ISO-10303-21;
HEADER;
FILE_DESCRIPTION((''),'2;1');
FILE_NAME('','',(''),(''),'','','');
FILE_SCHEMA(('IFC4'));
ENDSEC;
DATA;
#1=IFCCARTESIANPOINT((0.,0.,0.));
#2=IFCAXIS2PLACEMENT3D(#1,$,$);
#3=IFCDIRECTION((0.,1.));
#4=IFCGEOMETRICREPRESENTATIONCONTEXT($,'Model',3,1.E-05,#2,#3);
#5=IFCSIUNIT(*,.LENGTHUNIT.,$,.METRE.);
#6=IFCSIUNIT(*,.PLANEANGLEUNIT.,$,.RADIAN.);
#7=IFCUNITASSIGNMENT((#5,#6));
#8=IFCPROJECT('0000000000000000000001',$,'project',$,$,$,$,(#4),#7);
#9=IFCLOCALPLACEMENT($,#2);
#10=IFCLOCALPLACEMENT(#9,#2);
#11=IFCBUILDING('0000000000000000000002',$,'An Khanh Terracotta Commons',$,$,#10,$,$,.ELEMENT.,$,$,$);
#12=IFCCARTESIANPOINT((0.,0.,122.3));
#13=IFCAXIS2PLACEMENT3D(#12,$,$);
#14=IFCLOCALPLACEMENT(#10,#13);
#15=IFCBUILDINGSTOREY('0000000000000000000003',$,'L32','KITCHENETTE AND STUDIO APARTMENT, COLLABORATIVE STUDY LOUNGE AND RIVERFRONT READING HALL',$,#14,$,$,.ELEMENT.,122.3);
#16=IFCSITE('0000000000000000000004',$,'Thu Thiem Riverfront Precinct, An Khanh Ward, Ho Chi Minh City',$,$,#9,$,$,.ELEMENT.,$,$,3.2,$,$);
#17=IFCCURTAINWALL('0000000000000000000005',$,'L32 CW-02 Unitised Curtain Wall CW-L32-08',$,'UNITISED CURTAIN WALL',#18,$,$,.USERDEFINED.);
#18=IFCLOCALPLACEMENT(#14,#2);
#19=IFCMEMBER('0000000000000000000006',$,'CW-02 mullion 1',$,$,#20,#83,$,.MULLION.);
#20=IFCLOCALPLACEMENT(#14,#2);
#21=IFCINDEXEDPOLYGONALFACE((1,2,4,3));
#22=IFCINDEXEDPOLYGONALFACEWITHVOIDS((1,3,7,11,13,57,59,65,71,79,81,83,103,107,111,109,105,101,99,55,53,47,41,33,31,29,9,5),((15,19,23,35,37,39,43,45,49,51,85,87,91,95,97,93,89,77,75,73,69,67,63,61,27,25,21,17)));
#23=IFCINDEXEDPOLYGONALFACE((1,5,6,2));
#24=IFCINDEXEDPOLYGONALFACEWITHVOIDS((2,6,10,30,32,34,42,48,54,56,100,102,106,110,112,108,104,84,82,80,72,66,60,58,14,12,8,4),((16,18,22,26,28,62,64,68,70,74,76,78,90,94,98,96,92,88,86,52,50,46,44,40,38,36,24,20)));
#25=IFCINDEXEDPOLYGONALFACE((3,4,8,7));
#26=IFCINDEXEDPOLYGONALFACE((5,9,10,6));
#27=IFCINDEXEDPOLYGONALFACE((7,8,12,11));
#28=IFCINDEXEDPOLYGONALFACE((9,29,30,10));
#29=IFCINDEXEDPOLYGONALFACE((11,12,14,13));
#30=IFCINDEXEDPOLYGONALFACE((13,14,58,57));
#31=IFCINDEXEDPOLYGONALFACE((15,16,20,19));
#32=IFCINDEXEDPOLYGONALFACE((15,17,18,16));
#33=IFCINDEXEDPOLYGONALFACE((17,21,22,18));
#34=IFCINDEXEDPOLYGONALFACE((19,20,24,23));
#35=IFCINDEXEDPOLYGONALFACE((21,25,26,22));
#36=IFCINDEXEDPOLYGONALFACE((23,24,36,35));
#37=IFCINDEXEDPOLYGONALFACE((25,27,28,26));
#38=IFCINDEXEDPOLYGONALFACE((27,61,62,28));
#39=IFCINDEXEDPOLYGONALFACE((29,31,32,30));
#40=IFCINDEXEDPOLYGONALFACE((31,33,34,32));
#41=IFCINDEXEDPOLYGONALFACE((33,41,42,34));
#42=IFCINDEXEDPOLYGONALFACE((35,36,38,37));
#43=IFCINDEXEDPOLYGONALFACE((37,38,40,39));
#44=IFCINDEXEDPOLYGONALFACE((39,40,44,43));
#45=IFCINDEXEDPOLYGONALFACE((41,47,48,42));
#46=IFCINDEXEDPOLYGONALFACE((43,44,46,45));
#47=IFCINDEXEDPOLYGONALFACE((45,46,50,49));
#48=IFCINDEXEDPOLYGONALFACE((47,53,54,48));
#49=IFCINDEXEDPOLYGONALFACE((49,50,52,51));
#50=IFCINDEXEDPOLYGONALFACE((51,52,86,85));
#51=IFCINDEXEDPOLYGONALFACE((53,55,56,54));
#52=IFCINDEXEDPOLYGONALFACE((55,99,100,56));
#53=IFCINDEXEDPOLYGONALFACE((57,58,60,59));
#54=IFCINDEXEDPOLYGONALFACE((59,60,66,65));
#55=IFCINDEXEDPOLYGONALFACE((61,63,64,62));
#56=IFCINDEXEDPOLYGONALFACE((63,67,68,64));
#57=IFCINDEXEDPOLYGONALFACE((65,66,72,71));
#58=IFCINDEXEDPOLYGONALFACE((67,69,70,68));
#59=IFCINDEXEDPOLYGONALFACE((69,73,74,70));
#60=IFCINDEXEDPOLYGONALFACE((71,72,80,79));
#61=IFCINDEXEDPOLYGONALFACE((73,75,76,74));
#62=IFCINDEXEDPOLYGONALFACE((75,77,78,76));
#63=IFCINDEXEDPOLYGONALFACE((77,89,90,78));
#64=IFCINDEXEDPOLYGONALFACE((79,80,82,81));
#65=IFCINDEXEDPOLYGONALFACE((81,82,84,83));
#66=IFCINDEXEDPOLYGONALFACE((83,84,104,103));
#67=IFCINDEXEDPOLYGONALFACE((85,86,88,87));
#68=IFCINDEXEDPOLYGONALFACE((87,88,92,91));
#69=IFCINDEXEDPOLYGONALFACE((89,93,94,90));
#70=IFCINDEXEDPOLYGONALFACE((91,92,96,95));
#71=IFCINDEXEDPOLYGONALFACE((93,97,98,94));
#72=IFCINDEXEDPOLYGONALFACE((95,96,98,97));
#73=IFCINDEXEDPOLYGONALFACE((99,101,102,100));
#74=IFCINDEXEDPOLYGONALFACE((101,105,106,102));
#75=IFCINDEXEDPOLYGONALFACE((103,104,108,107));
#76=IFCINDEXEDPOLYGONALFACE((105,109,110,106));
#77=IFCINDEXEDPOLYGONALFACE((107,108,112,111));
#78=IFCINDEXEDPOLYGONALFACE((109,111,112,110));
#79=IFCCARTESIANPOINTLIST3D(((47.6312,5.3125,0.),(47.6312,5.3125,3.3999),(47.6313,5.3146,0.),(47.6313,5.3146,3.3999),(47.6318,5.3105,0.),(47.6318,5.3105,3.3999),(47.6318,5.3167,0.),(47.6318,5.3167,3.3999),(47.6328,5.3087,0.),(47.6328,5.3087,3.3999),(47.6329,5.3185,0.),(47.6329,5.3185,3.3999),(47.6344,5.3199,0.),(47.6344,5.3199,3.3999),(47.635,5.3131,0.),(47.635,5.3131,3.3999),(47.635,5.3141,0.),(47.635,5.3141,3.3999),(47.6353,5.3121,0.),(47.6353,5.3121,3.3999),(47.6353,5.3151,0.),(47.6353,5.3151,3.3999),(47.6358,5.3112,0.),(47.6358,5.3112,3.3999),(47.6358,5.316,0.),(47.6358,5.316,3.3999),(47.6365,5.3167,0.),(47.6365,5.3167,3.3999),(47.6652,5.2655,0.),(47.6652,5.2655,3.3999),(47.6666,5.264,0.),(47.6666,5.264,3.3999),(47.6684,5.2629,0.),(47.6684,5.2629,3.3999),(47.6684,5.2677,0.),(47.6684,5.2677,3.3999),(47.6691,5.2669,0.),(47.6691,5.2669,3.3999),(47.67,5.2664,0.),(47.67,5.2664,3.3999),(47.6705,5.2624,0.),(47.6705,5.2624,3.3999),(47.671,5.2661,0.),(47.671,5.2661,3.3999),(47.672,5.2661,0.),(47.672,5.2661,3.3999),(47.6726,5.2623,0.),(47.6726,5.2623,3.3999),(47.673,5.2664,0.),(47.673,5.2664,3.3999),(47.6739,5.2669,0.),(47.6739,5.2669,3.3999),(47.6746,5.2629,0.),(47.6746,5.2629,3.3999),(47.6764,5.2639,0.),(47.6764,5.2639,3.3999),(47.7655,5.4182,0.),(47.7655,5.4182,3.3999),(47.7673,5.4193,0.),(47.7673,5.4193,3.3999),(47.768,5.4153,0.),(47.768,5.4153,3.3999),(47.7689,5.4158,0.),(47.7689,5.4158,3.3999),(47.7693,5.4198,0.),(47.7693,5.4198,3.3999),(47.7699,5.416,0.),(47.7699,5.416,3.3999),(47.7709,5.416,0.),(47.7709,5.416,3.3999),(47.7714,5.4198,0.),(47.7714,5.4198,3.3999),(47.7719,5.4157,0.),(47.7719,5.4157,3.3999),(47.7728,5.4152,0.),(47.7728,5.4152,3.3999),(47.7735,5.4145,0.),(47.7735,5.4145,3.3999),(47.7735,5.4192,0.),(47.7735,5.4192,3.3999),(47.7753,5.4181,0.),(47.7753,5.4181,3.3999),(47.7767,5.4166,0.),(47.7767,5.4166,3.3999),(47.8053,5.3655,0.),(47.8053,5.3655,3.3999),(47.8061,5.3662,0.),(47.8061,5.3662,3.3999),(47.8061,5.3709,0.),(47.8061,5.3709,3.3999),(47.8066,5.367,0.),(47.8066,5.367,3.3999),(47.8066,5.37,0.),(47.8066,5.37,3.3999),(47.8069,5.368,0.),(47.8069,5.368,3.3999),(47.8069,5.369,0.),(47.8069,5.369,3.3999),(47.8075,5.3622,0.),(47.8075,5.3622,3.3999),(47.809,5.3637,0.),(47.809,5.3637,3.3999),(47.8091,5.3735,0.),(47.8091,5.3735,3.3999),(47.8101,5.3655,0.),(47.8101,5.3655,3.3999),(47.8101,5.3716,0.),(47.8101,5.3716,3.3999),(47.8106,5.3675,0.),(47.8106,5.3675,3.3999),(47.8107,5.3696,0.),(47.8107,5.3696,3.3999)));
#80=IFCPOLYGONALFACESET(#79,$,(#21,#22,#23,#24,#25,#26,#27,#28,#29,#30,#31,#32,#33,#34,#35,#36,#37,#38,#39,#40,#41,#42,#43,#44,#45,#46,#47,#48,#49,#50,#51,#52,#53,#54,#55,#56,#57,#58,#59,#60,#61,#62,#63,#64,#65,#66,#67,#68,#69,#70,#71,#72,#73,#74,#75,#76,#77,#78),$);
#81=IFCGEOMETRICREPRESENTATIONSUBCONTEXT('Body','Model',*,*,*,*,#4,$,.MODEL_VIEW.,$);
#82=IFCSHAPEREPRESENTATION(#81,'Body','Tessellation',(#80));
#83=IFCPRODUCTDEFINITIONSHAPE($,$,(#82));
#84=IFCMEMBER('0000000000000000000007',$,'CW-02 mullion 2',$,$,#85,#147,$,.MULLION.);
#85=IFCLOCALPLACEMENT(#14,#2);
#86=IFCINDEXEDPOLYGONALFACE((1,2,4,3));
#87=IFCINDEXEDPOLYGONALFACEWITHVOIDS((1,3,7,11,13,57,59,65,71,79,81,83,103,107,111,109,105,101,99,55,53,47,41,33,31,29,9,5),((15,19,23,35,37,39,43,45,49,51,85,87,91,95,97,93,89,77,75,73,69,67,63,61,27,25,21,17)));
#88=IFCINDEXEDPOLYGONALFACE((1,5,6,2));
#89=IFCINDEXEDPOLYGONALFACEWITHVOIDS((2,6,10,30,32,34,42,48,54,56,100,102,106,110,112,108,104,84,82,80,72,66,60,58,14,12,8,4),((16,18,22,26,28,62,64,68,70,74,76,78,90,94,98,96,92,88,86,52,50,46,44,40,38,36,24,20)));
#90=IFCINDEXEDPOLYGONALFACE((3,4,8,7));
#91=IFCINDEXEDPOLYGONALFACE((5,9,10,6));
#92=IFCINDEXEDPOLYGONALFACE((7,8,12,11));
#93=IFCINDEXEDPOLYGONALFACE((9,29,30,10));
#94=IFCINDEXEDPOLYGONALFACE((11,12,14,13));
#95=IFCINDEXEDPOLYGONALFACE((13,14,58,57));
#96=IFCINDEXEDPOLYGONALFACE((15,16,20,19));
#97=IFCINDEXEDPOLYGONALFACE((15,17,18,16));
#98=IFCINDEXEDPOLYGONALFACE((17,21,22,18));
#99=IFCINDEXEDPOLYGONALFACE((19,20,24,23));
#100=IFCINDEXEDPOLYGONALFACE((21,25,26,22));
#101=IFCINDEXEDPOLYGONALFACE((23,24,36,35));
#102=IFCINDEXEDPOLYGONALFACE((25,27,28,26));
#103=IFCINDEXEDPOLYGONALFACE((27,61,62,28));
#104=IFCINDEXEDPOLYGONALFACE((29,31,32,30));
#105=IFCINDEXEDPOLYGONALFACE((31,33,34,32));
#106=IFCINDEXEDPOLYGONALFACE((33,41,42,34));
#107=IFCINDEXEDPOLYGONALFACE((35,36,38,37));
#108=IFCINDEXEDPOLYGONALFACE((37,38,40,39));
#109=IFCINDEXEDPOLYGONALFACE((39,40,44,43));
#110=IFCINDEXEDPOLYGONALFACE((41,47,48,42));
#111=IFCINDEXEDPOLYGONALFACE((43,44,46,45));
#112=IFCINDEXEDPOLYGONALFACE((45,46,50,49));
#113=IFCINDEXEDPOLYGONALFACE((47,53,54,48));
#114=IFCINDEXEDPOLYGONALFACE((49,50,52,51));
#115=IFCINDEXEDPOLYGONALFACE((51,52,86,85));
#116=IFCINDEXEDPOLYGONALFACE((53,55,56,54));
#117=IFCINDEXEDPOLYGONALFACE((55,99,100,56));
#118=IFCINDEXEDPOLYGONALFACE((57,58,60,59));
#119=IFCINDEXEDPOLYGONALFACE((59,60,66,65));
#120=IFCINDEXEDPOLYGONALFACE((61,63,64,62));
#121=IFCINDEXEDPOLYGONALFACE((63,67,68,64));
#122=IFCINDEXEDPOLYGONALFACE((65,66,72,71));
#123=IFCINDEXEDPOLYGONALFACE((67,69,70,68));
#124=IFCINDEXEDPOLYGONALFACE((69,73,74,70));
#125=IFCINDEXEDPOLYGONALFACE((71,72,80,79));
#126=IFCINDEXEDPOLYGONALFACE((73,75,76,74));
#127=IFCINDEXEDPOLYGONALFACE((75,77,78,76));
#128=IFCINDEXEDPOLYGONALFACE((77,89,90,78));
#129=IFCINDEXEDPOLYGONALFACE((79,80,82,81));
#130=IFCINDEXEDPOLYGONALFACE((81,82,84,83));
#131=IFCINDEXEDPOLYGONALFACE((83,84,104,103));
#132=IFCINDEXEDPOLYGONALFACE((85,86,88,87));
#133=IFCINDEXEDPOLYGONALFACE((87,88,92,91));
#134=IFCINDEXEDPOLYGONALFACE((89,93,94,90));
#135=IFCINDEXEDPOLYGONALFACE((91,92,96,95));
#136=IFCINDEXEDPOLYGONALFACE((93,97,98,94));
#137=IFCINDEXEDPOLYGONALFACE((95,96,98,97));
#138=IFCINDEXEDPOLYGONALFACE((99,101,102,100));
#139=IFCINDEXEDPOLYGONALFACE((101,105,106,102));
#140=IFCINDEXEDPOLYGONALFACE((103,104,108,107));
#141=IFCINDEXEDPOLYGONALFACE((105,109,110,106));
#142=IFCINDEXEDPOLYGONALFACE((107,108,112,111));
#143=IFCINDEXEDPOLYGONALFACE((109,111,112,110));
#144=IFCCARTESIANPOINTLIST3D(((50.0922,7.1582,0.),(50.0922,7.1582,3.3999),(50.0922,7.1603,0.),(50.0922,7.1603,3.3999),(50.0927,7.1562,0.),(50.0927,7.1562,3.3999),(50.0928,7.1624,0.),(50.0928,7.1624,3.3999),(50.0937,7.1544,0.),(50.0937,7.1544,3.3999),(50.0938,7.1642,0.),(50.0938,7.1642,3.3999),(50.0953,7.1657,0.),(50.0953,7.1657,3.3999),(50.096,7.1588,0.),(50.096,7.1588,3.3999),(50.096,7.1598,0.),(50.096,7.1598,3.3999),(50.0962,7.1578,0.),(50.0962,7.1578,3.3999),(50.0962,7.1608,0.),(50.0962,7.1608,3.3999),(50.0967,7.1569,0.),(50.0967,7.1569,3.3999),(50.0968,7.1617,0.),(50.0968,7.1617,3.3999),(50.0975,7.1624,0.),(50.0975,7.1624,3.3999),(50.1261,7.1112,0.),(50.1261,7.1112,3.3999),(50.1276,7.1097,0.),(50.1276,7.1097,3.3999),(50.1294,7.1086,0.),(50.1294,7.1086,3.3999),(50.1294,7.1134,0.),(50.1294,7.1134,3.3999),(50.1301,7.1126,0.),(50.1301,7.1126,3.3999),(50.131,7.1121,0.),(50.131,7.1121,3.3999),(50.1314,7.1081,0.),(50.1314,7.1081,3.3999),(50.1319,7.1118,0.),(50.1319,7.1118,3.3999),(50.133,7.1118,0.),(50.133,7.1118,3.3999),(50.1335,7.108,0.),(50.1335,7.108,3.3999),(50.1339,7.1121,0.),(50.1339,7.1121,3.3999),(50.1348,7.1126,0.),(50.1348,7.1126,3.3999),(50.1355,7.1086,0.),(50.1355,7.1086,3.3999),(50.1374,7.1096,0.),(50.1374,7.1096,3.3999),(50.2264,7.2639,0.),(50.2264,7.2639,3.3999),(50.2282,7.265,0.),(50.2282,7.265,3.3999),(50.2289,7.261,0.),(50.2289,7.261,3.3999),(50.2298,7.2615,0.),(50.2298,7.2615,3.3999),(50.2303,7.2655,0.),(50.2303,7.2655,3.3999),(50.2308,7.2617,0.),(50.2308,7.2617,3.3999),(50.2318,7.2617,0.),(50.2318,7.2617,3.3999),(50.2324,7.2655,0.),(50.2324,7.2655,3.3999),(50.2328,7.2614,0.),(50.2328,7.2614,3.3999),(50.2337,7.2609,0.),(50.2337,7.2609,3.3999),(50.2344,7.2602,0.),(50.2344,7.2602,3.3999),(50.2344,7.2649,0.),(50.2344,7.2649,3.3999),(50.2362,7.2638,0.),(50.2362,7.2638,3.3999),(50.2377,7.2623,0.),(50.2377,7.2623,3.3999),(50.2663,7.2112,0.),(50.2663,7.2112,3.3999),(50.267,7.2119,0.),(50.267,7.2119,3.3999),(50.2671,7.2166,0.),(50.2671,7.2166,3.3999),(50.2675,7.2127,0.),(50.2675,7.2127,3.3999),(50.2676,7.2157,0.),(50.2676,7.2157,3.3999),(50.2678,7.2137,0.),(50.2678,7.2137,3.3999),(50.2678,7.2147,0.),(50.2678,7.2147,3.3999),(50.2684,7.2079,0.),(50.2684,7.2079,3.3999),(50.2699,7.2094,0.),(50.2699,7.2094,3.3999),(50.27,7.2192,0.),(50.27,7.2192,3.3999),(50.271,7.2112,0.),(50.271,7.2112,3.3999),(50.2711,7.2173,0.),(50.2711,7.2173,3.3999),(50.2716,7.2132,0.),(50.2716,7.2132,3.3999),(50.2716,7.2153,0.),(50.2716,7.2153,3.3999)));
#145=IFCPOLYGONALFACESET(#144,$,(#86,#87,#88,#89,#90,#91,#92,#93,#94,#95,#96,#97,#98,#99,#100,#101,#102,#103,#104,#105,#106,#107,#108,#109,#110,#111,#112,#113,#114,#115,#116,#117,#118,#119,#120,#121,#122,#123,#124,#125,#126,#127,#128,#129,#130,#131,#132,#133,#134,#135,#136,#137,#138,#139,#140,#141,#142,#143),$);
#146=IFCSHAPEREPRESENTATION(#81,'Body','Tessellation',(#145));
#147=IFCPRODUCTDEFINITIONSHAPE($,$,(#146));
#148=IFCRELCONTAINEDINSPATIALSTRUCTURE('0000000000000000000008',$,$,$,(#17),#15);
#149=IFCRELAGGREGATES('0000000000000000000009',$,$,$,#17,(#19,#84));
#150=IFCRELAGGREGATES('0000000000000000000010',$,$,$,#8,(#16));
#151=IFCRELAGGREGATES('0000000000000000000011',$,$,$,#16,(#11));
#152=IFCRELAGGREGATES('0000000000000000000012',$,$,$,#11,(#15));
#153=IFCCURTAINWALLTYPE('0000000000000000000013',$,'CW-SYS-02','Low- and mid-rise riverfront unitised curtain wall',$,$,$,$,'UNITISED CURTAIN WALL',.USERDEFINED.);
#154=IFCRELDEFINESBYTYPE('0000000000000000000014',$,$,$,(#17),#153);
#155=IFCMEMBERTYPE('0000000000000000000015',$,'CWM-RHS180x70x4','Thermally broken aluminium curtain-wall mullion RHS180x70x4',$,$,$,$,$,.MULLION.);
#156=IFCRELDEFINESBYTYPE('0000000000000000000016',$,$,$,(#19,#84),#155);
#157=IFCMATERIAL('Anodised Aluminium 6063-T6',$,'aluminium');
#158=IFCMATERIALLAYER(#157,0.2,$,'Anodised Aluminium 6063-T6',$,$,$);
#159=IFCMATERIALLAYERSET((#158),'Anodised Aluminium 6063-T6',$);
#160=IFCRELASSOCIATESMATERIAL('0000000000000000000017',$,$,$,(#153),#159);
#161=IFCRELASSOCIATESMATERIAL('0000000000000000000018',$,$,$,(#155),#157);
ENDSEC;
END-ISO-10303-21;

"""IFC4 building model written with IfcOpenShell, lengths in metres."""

from ifc_helpers import new_model, si_unit, direction, frame, origin, origin_2d, place, context, subcontext, project, spatial, hollow_rectangle, extrude, material, layer, layer_set, material_profile, profile_set, type_object, element, aggregate, save


model = new_model("IFC4")

# Units and contexts
model_context = context("Model", 3, precision=1e-05, world=origin(), true_north=direction((0.0, 1.0)))
body_context = subcontext(model_context, "Body", "Model", "MODEL_VIEW")
ifc_project = project(units=[si_unit("LENGTHUNIT", "METRE"), si_unit("PLANEANGLEUNIT", "RADIAN")], contexts=[model_context])

# Site, building, storey
site_placement = place(None, origin())
site = spatial("IfcSite", under=ifc_project, at=site_placement, Name="Thu Thiem Riverfront Precinct, An Khanh Ward, Ho Chi Minh City", CompositionType="ELEMENT", RefElevation=3.2)
building_placement = place(site_placement, origin())
building = spatial("IfcBuilding", under=site, at=building_placement, Name="An Khanh Terracotta Commons", CompositionType="ELEMENT")
storey_placement = place(building_placement, frame((0.0, 0.0, 122.3)))
storey = spatial("IfcBuildingStorey", under=building, at=storey_placement, Name="L32", Description="KITCHENETTE AND STUDIO APARTMENT, COLLABORATIVE STUDY LOUNGE AND RIVERFRONT READING HALL", CompositionType="ELEMENT", Elevation=122.3)

# Curtain wall, members
ifc_material_1 = material(Name="Anodised Aluminium 6063-T6", Category="aluminium")
ifc_layer_1 = layer(ifc_material_1, 0.2, Name="Anodised Aluminium 6063-T6")
ifc_layer_set_1 = layer_set([ifc_layer_1], Name="Anodised Aluminium 6063-T6")
curtain_wall_type = type_object("IfcCurtainWallType", Name="CW-SYS-02", Description="Low- and mid-rise riverfront unitised curtain wall", ElementType="UNITISED CURTAIN WALL", PredefinedType="USERDEFINED", material=ifc_layer_set_1)
curtain_wall_placement = place(storey_placement, origin())
curtain_wall = element("IfcCurtainWall", 1, at=curtain_wall_placement, inside=storey, type_object=curtain_wall_type, Name="L32 CW-02 Unitised Curtain Wall CW-L32-08", ObjectType="UNITISED CURTAIN WALL", PredefinedType="USERDEFINED")
ifc_material_profile_1 = material_profile(ifc_material_1, hollow_rectangle(XDim=0.0701, YDim=0.1799, WallThickness=0.0039, InnerFilletRadius=0.0039, OuterFilletRadius=0.0081, at=origin_2d()), Name="RHS180x70x4")
ifc_profile_set_1 = profile_set([ifc_material_profile_1], Name="Anodised Aluminium 6063-T6")
member_type_1 = type_object("IfcMemberType", Name="CWM-RHS180x70x4", Description="Thermally broken aluminium curtain-wall mullion RHS180x70x4", PredefinedType="MULLION", material=ifc_profile_set_1)
member_1_placement = place(storey_placement, frame((47.7209, 5.3411, 0.0), z_axis=(0.0, 0.0, 1.0), x_axis=(-0.599983, 0.800013, 0.0)))
member_1 = element("IfcMember", 2, at=member_1_placement, type_object=member_type_1, Name="CW-02 mullion 1", PredefinedType="MULLION", context=body_context, shape_type="SweptSolid", body=[
    extrude(hollow_rectangle(XDim=0.0701, YDim=0.1799, WallThickness=0.0039, InnerFilletRadius=0.0039, OuterFilletRadius=0.0081, at=origin_2d()), origin(), (0.0, 0.0, 1.0), 3.3999),
])
member_2_placement = place(storey_placement, frame((50.1819, 7.1868, 0.0), z_axis=(0.0, 0.0, 1.0), x_axis=(-0.599983, 0.800013, 0.0)))
member_2 = element("IfcMember", 3, at=member_2_placement, type_object=member_type_1, Name="CW-02 mullion 2", PredefinedType="MULLION", context=body_context, shape_type="SweptSolid", body=[
    extrude(hollow_rectangle(XDim=0.0701, YDim=0.1799, WallThickness=0.0039, InnerFilletRadius=0.0039, OuterFilletRadius=0.0081, at=origin_2d()), origin(), (0.0, 0.0, 1.0), 3.3999),
])
aggregate(curtain_wall, [member_1, member_2])

save(model, "model.ifc")
